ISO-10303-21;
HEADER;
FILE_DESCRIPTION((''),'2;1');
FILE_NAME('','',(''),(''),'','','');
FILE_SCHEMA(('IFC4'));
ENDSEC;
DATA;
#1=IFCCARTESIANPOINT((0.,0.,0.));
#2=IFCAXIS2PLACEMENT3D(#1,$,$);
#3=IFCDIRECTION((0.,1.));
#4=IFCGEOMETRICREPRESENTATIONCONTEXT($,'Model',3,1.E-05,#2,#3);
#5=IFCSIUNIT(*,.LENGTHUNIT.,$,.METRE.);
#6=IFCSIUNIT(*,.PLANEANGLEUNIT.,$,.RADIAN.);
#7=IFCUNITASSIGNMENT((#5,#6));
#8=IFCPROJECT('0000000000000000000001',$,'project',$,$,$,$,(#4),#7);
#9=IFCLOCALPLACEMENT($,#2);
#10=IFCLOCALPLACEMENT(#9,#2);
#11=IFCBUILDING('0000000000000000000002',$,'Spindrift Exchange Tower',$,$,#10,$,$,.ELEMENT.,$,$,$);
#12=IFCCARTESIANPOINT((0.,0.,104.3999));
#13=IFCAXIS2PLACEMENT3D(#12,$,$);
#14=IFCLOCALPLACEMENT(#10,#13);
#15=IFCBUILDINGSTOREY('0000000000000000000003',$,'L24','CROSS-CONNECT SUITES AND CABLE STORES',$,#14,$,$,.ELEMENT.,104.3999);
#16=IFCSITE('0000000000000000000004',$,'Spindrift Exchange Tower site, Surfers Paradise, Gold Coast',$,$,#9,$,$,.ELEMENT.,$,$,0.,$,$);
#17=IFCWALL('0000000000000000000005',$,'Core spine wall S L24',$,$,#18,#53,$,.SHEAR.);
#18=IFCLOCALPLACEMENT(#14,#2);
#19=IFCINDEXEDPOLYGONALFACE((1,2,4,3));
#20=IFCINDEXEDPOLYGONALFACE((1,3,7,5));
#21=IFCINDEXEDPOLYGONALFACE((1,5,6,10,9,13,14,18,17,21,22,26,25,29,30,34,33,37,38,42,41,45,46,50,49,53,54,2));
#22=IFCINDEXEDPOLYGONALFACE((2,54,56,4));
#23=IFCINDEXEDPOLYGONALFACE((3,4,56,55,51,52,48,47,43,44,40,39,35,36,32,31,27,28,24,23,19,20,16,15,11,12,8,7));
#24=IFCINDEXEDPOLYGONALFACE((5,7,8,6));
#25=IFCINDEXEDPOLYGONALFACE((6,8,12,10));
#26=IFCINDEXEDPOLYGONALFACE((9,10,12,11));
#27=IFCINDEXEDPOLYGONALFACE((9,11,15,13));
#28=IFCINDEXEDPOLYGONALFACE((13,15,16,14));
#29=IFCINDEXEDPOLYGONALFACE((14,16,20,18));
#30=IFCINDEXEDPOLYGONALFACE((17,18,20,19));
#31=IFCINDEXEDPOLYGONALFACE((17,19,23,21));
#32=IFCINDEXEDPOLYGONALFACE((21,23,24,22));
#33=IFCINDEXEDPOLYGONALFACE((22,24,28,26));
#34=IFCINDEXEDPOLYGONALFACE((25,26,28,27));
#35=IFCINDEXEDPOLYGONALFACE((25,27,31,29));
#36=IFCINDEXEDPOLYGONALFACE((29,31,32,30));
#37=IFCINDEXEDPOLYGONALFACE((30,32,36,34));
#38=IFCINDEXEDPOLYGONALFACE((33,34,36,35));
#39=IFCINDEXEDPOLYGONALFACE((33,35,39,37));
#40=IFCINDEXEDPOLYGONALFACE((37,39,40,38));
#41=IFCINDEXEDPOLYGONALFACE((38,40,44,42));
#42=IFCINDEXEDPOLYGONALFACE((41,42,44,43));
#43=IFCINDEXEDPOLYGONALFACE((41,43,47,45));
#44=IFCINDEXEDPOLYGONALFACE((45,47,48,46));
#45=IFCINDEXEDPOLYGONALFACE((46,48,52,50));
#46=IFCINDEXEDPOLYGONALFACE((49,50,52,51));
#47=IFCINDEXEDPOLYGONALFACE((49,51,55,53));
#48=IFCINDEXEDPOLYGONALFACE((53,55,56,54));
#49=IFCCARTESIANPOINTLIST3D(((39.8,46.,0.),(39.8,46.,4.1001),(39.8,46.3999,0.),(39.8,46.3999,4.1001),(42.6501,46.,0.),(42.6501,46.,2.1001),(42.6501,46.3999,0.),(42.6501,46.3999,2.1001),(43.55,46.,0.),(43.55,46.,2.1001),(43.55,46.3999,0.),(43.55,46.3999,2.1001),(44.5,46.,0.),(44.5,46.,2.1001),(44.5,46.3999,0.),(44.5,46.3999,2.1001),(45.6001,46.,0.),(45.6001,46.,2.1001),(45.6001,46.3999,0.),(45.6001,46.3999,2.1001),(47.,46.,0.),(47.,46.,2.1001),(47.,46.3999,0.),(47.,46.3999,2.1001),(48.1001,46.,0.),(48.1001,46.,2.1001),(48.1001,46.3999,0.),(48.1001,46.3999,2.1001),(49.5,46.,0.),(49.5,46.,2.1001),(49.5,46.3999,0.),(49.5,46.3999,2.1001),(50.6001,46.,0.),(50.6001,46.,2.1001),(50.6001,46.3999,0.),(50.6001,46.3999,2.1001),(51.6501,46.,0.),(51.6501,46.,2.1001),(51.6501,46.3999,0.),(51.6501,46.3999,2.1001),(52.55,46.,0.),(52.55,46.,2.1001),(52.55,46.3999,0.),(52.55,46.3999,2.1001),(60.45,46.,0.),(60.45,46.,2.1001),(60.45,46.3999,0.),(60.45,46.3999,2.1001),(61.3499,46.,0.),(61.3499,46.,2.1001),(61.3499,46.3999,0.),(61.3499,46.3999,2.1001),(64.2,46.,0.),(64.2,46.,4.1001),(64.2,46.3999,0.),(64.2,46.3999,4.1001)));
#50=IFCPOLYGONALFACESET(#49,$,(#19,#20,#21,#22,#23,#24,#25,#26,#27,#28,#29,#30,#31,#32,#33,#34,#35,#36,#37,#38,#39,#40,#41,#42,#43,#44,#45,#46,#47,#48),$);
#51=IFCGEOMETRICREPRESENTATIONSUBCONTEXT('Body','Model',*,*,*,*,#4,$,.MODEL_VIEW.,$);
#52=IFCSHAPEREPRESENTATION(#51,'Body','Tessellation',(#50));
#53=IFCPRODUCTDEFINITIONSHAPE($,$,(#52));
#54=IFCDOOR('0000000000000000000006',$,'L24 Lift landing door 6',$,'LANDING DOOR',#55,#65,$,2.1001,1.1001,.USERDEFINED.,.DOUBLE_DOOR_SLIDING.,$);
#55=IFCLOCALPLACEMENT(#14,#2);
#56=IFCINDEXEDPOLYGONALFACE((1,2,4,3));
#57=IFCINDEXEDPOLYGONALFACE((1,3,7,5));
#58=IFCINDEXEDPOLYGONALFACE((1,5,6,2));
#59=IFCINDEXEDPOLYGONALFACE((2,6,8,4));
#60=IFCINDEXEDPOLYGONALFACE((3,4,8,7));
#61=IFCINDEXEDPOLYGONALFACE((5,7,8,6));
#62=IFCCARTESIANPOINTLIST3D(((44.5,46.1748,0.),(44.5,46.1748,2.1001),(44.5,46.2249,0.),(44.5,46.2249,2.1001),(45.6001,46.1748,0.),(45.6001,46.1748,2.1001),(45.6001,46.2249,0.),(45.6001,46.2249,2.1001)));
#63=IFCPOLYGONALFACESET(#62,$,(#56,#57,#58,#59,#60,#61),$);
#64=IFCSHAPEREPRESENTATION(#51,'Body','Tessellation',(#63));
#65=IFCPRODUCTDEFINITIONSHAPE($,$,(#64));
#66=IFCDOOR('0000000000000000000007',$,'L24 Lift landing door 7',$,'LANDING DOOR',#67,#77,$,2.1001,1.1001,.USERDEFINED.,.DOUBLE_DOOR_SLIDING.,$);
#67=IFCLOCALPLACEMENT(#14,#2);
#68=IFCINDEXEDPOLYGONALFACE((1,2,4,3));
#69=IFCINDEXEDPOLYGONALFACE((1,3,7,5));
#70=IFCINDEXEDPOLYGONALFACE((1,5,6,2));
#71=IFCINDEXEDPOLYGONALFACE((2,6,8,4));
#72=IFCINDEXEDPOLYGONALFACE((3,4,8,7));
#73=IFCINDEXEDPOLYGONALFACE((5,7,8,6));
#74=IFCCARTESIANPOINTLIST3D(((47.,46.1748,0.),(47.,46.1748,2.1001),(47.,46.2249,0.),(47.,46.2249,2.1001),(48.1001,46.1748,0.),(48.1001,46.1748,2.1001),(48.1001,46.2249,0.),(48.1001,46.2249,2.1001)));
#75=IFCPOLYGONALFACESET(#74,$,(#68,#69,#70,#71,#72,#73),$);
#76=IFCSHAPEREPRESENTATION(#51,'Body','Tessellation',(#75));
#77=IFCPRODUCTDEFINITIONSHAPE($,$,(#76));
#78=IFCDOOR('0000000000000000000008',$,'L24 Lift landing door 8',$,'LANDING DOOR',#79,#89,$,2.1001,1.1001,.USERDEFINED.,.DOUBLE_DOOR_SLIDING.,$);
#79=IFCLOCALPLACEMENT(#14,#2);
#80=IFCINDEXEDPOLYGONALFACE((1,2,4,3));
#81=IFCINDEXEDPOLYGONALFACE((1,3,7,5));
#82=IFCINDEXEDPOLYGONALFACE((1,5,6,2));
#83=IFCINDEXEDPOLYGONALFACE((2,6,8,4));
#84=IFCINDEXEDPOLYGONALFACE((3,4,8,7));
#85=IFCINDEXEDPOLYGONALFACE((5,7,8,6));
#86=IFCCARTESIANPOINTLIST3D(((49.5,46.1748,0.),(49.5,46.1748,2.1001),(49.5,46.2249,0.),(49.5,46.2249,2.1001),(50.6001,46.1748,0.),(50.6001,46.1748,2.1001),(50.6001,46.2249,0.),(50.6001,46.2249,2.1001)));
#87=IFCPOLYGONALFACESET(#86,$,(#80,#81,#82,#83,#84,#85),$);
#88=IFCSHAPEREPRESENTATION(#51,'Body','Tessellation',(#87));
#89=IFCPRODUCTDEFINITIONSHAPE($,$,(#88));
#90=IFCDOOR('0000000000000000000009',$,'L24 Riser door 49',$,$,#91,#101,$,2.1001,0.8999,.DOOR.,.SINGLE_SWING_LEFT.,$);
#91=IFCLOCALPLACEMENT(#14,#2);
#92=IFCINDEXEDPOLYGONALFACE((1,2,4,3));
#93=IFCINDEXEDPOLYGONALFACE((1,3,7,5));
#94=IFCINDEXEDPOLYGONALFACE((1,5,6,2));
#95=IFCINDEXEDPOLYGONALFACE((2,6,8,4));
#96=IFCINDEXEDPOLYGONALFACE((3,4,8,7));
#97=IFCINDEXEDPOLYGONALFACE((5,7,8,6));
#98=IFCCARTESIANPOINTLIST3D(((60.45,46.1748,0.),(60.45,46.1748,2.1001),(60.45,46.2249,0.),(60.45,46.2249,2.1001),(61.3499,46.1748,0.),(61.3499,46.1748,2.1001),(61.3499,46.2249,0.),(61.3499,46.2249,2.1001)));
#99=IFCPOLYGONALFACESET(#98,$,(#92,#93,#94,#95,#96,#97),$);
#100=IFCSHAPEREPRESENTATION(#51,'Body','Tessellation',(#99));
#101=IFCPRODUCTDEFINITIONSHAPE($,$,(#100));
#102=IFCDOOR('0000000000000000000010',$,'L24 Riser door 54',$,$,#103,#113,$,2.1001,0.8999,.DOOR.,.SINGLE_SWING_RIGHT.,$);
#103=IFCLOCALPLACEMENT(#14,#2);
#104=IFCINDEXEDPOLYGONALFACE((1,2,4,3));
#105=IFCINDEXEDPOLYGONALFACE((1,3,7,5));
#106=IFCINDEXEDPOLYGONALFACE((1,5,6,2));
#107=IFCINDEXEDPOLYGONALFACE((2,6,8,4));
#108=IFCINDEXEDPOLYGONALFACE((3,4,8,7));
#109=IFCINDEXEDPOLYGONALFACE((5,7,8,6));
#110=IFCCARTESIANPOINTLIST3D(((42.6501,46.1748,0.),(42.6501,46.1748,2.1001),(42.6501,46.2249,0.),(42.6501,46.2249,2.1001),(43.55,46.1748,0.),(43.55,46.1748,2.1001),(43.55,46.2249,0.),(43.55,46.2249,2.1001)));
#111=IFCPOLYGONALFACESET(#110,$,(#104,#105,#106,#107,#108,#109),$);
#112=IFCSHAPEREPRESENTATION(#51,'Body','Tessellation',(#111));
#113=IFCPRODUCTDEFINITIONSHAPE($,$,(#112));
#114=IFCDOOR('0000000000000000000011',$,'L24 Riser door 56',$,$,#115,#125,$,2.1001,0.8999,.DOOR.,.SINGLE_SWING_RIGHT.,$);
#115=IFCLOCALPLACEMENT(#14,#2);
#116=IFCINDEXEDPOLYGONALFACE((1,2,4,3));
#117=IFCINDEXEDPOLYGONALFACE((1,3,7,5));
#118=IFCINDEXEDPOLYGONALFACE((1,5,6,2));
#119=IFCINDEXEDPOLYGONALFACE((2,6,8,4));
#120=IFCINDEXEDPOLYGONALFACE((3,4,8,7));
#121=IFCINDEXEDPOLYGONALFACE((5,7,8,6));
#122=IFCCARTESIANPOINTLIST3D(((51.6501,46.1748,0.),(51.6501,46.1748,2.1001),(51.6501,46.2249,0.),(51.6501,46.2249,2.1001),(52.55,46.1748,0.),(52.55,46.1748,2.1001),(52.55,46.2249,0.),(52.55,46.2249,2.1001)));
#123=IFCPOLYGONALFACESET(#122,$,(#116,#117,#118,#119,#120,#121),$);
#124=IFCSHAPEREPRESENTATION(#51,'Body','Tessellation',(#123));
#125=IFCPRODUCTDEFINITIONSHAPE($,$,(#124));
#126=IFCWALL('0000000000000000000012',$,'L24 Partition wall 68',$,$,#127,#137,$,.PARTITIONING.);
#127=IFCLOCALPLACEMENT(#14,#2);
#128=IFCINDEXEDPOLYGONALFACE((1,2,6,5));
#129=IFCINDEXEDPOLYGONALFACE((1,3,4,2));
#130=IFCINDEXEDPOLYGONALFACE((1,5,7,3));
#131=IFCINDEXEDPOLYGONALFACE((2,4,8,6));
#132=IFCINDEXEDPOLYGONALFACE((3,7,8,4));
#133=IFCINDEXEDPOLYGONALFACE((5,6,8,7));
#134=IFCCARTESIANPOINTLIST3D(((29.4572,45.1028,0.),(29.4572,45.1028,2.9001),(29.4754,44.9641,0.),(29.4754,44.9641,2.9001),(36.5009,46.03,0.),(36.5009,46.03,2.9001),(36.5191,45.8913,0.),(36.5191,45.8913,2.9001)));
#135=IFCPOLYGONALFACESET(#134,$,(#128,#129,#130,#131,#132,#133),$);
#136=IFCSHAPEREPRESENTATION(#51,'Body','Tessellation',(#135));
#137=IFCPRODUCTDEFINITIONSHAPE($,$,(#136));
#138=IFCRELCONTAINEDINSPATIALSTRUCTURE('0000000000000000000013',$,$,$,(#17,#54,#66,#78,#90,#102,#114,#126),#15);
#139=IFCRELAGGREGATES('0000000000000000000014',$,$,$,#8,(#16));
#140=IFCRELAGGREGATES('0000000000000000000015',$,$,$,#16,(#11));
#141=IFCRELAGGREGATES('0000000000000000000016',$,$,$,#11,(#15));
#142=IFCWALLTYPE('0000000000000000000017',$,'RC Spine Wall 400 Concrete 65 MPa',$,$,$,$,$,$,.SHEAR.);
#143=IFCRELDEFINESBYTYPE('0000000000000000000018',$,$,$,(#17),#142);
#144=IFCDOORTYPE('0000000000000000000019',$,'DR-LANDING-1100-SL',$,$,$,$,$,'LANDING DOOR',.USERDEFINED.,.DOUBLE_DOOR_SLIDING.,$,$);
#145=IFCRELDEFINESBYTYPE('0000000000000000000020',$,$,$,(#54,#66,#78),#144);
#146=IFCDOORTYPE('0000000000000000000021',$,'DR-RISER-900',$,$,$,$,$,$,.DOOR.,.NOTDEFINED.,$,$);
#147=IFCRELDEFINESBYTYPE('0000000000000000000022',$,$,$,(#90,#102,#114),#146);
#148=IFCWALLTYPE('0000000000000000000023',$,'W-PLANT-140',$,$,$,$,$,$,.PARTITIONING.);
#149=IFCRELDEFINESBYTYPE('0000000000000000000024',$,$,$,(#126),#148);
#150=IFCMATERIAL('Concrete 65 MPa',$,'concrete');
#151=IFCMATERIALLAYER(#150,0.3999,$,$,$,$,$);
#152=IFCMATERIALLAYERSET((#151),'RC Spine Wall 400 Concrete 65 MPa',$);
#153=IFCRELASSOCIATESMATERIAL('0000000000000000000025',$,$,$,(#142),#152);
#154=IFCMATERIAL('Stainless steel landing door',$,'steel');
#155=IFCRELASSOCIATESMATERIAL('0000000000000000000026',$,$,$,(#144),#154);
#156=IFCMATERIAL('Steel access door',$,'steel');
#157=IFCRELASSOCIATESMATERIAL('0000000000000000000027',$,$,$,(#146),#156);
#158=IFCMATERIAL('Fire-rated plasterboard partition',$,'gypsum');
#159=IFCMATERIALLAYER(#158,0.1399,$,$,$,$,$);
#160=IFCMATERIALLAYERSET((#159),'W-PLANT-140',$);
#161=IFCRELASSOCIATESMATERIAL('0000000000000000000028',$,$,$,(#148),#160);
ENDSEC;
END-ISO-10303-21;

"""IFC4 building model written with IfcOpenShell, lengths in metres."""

from ifc_helpers import new_model, si_unit, direction, frame, frame_2d, origin, place, context, subcontext, project, spatial, rectangle, extrude, source, transform, mapped, material, layer, layer_set, type_object, element, fill, save


model = new_model("IFC4")

# Units and contexts
model_context = context("Model", 3, precision=1e-05, world=origin(), true_north=direction((0.0, 1.0)))
body_context = subcontext(model_context, "Body", "Model", "MODEL_VIEW")
ifc_project = project(units=[si_unit("LENGTHUNIT", "METRE"), si_unit("PLANEANGLEUNIT", "RADIAN")], contexts=[model_context])

# Site, building, storey
site_placement = place(None, origin())
site = spatial("IfcSite", under=ifc_project, at=site_placement, Name="Spindrift Exchange Tower site, Surfers Paradise, Gold Coast", CompositionType="ELEMENT", RefElevation=0.0)
building_placement = place(site_placement, origin())
building = spatial("IfcBuilding", under=site, at=building_placement, Name="Spindrift Exchange Tower", CompositionType="ELEMENT")
storey_placement = place(building_placement, frame((0.0, 0.0, 104.3999)))
storey = spatial("IfcBuildingStorey", under=building, at=storey_placement, Name="L24", Description="CROSS-CONNECT SUITES AND CABLE STORES", CompositionType="ELEMENT", Elevation=104.3999)

# Shared definitions
ifc_material_1 = material(Name="Concrete 65 MPa", Category="concrete")

# Wall, openings, doors
ifc_layer_1 = layer(ifc_material_1, 0.3999)
ifc_layer_set_1 = layer_set([ifc_layer_1], Name="RC Spine Wall 400 Concrete 65 MPa")
wall_type_1 = type_object("IfcWallType", Name="RC Spine Wall 400 Concrete 65 MPa", PredefinedType="SHEAR", material=ifc_layer_set_1)
ifc_material_2 = material(Name="Stainless steel landing door", Category="steel")
door_type_1 = type_object("IfcDoorType", Name="DR-LANDING-1100-SL", ElementType="LANDING DOOR", OperationType="DOUBLE_DOOR_SLIDING", PredefinedType="USERDEFINED", material=ifc_material_2)
shared_shape_1 = source(origin(), body_context, "Body", "SweptSolid", [
    extrude(rectangle(XDim=1.1001, YDim=2.1001, at=frame_2d((0.55, 1.05))), frame((0.0, 0.0249, 0.0), z_axis=(0.0, -1.0, 0.0), x_axis=(1.0, 0.0, 0.0)), (0.0, 0.0, 1.0), 0.05),
])
ifc_material_3 = material(Name="Steel access door", Category="steel")
door_type_2 = type_object("IfcDoorType", Name="DR-RISER-900", OperationType="NOTDEFINED", PredefinedType="DOOR", material=ifc_material_3)
shared_shape_2 = source(origin(), body_context, "Body", "SweptSolid", [
    extrude(rectangle(XDim=0.8999, YDim=2.1001, at=frame_2d((0.45, 1.05))), frame((0.0, 0.0249, 0.0), z_axis=(0.0, -1.0, 0.0), x_axis=(1.0, 0.0, 0.0)), (0.0, 0.0, 1.0), 0.05),
])
wall_1_placement = place(storey_placement, frame((39.8, 46.2, 0.0), z_axis=(0.0, 0.0, 1.0), x_axis=(1.0, 0.0, 0.0)))
wall_1 = element("IfcWall", 1, at=wall_1_placement, inside=storey, type_object=wall_type_1, Name="Core spine wall S L24", PredefinedType="SHEAR", context=body_context, shape_type="SweptSolid", body=[
    extrude(rectangle(XDim=24.3999, YDim=0.3999, at=frame_2d((12.2, 0.0))), origin(), (0.0, 0.0, 1.0), 4.1001),
])
opening_1_placement = place(wall_1_placement, frame((4.7, 0.0, 0.0)))
opening_1 = element("IfcOpeningElement", 2, at=opening_1_placement, cuts=wall_1, PredefinedType="OPENING", context=body_context, shape_type="SweptSolid", body=[
    extrude(rectangle(XDim=1.1001, YDim=2.1001, at=frame_2d((0.55, 1.05))), frame((0.0, 0.21, 0.0), z_axis=(0.0, -1.0, 0.0), x_axis=(1.0, 0.0, 0.0)), (0.0, 0.0, 1.0), 0.4199),
])
opening_2_placement = place(wall_1_placement, frame((7.2, 0.0, 0.0)))
opening_2 = element("IfcOpeningElement", 3, at=opening_2_placement, cuts=wall_1, PredefinedType="OPENING", context=body_context, shape_type="SweptSolid", body=[
    extrude(rectangle(XDim=1.1001, YDim=2.1001, at=frame_2d((0.55, 1.05))), frame((0.0, 0.21, 0.0), z_axis=(0.0, -1.0, 0.0), x_axis=(1.0, 0.0, 0.0)), (0.0, 0.0, 1.0), 0.4199),
])
opening_3_placement = place(wall_1_placement, frame((9.7, 0.0, 0.0)))
opening_3 = element("IfcOpeningElement", 4, at=opening_3_placement, cuts=wall_1, PredefinedType="OPENING", context=body_context, shape_type="SweptSolid", body=[
    extrude(rectangle(XDim=1.1001, YDim=2.1001, at=frame_2d((0.55, 1.05))), frame((0.0, 0.21, 0.0), z_axis=(0.0, -1.0, 0.0), x_axis=(1.0, 0.0, 0.0)), (0.0, 0.0, 1.0), 0.4199),
])
opening_4_placement = place(wall_1_placement, frame((20.6499, 0.0, 0.0)))
opening_4 = element("IfcOpeningElement", 5, at=opening_4_placement, cuts=wall_1, PredefinedType="OPENING", context=body_context, shape_type="SweptSolid", body=[
    extrude(rectangle(XDim=0.8999, YDim=2.1001, at=frame_2d((0.45, 1.05))), frame((0.0, 0.21, 0.0), z_axis=(0.0, -1.0, 0.0), x_axis=(1.0, 0.0, 0.0)), (0.0, 0.0, 1.0), 0.4199),
])
opening_5_placement = place(wall_1_placement, frame((2.8501, 0.0, 0.0)))
opening_5 = element("IfcOpeningElement", 6, at=opening_5_placement, cuts=wall_1, PredefinedType="OPENING", context=body_context, shape_type="SweptSolid", body=[
    extrude(rectangle(XDim=0.8999, YDim=2.1001, at=frame_2d((0.45, 1.05))), frame((0.0, 0.21, 0.0), z_axis=(0.0, -1.0, 0.0), x_axis=(1.0, 0.0, 0.0)), (0.0, 0.0, 1.0), 0.4199),
])
opening_6_placement = place(wall_1_placement, frame((11.8501, 0.0, 0.0)))
opening_6 = element("IfcOpeningElement", 7, at=opening_6_placement, cuts=wall_1, PredefinedType="OPENING", context=body_context, shape_type="SweptSolid", body=[
    extrude(rectangle(XDim=0.8999, YDim=2.1001, at=frame_2d((0.45, 1.05))), frame((0.0, 0.21, 0.0), z_axis=(0.0, -1.0, 0.0), x_axis=(1.0, 0.0, 0.0)), (0.0, 0.0, 1.0), 0.4199),
])
door_1_placement = place(opening_1_placement, origin())
door_1 = element("IfcDoor", 8, at=door_1_placement, inside=storey, type_object=door_type_1, Name="L24 Lift landing door 6", ObjectType="LANDING DOOR", OperationType="DOUBLE_DOOR_SLIDING", OverallHeight=2.1001, OverallWidth=1.1001, PredefinedType="USERDEFINED", context=body_context, shape_type="MappedRepresentation", body=[
    mapped(shared_shape_1, transform((0.0, 0.0, 0.0), scale=1.0)),
])
fill(opening_1, door_1)
door_2_placement = place(opening_2_placement, origin())
door_2 = element("IfcDoor", 9, at=door_2_placement, inside=storey, type_object=door_type_1, Name="L24 Lift landing door 7", ObjectType="LANDING DOOR", OperationType="DOUBLE_DOOR_SLIDING", OverallHeight=2.1001, OverallWidth=1.1001, PredefinedType="USERDEFINED", context=body_context, shape_type="MappedRepresentation", body=[
    mapped(shared_shape_1, transform((0.0, 0.0, 0.0), scale=1.0)),
])
fill(opening_2, door_2)
door_3_placement = place(opening_3_placement, origin())
door_3 = element("IfcDoor", 10, at=door_3_placement, inside=storey, type_object=door_type_1, Name="L24 Lift landing door 8", ObjectType="LANDING DOOR", OperationType="DOUBLE_DOOR_SLIDING", OverallHeight=2.1001, OverallWidth=1.1001, PredefinedType="USERDEFINED", context=body_context, shape_type="MappedRepresentation", body=[
    mapped(shared_shape_1, transform((0.0, 0.0, 0.0), scale=1.0)),
])
fill(opening_3, door_3)
door_4_placement = place(opening_4_placement, origin())
door_4 = element("IfcDoor", 11, at=door_4_placement, inside=storey, type_object=door_type_2, Name="L24 Riser door 49", OperationType="SINGLE_SWING_LEFT", OverallHeight=2.1001, OverallWidth=0.8999, PredefinedType="DOOR", context=body_context, shape_type="MappedRepresentation", body=[
    mapped(shared_shape_2, transform((0.0, 0.0, 0.0), scale=1.0)),
])
fill(opening_4, door_4)
door_5_placement = place(opening_5_placement, origin())
door_5 = element("IfcDoor", 12, at=door_5_placement, inside=storey, type_object=door_type_2, Name="L24 Riser door 54", OperationType="SINGLE_SWING_RIGHT", OverallHeight=2.1001, OverallWidth=0.8999, PredefinedType="DOOR", context=body_context, shape_type="MappedRepresentation", body=[
    mapped(shared_shape_2, transform((0.0, 0.0, 0.0), scale=1.0)),
])
fill(opening_5, door_5)
door_6_placement = place(opening_6_placement, origin())
door_6 = element("IfcDoor", 13, at=door_6_placement, inside=storey, type_object=door_type_2, Name="L24 Riser door 56", OperationType="SINGLE_SWING_RIGHT", OverallHeight=2.1001, OverallWidth=0.8999, PredefinedType="DOOR", context=body_context, shape_type="MappedRepresentation", body=[
    mapped(shared_shape_2, transform((0.0, 0.0, 0.0), scale=1.0)),
])
fill(opening_6, door_6)

# Wall
ifc_material_4 = material(Name="Fire-rated plasterboard partition", Category="gypsum")
ifc_layer_2 = layer(ifc_material_4, 0.1399)
ifc_layer_set_2 = layer_set([ifc_layer_2], Name="W-PLANT-140")
wall_type_2 = type_object("IfcWallType", Name="W-PLANT-140", PredefinedType="PARTITIONING", material=ifc_layer_set_2)
wall_2_placement = place(storey_placement, frame((36.51, 45.9607, 0.0), z_axis=(0.0, 0.0, 1.0), x_axis=(-0.991446, -0.130516, 0.0)))
element("IfcWall", 14, at=wall_2_placement, inside=storey, type_object=wall_type_2, Name="L24 Partition wall 68", PredefinedType="PARTITIONING", context=body_context, shape_type="SweptSolid", body=[
    extrude(rectangle(XDim=7.1045, YDim=0.1399, at=frame_2d((3.5522, 0.0))), origin(), (0.0, 0.0, 1.0), 2.9001),
])

save(model, "model.ifc")
